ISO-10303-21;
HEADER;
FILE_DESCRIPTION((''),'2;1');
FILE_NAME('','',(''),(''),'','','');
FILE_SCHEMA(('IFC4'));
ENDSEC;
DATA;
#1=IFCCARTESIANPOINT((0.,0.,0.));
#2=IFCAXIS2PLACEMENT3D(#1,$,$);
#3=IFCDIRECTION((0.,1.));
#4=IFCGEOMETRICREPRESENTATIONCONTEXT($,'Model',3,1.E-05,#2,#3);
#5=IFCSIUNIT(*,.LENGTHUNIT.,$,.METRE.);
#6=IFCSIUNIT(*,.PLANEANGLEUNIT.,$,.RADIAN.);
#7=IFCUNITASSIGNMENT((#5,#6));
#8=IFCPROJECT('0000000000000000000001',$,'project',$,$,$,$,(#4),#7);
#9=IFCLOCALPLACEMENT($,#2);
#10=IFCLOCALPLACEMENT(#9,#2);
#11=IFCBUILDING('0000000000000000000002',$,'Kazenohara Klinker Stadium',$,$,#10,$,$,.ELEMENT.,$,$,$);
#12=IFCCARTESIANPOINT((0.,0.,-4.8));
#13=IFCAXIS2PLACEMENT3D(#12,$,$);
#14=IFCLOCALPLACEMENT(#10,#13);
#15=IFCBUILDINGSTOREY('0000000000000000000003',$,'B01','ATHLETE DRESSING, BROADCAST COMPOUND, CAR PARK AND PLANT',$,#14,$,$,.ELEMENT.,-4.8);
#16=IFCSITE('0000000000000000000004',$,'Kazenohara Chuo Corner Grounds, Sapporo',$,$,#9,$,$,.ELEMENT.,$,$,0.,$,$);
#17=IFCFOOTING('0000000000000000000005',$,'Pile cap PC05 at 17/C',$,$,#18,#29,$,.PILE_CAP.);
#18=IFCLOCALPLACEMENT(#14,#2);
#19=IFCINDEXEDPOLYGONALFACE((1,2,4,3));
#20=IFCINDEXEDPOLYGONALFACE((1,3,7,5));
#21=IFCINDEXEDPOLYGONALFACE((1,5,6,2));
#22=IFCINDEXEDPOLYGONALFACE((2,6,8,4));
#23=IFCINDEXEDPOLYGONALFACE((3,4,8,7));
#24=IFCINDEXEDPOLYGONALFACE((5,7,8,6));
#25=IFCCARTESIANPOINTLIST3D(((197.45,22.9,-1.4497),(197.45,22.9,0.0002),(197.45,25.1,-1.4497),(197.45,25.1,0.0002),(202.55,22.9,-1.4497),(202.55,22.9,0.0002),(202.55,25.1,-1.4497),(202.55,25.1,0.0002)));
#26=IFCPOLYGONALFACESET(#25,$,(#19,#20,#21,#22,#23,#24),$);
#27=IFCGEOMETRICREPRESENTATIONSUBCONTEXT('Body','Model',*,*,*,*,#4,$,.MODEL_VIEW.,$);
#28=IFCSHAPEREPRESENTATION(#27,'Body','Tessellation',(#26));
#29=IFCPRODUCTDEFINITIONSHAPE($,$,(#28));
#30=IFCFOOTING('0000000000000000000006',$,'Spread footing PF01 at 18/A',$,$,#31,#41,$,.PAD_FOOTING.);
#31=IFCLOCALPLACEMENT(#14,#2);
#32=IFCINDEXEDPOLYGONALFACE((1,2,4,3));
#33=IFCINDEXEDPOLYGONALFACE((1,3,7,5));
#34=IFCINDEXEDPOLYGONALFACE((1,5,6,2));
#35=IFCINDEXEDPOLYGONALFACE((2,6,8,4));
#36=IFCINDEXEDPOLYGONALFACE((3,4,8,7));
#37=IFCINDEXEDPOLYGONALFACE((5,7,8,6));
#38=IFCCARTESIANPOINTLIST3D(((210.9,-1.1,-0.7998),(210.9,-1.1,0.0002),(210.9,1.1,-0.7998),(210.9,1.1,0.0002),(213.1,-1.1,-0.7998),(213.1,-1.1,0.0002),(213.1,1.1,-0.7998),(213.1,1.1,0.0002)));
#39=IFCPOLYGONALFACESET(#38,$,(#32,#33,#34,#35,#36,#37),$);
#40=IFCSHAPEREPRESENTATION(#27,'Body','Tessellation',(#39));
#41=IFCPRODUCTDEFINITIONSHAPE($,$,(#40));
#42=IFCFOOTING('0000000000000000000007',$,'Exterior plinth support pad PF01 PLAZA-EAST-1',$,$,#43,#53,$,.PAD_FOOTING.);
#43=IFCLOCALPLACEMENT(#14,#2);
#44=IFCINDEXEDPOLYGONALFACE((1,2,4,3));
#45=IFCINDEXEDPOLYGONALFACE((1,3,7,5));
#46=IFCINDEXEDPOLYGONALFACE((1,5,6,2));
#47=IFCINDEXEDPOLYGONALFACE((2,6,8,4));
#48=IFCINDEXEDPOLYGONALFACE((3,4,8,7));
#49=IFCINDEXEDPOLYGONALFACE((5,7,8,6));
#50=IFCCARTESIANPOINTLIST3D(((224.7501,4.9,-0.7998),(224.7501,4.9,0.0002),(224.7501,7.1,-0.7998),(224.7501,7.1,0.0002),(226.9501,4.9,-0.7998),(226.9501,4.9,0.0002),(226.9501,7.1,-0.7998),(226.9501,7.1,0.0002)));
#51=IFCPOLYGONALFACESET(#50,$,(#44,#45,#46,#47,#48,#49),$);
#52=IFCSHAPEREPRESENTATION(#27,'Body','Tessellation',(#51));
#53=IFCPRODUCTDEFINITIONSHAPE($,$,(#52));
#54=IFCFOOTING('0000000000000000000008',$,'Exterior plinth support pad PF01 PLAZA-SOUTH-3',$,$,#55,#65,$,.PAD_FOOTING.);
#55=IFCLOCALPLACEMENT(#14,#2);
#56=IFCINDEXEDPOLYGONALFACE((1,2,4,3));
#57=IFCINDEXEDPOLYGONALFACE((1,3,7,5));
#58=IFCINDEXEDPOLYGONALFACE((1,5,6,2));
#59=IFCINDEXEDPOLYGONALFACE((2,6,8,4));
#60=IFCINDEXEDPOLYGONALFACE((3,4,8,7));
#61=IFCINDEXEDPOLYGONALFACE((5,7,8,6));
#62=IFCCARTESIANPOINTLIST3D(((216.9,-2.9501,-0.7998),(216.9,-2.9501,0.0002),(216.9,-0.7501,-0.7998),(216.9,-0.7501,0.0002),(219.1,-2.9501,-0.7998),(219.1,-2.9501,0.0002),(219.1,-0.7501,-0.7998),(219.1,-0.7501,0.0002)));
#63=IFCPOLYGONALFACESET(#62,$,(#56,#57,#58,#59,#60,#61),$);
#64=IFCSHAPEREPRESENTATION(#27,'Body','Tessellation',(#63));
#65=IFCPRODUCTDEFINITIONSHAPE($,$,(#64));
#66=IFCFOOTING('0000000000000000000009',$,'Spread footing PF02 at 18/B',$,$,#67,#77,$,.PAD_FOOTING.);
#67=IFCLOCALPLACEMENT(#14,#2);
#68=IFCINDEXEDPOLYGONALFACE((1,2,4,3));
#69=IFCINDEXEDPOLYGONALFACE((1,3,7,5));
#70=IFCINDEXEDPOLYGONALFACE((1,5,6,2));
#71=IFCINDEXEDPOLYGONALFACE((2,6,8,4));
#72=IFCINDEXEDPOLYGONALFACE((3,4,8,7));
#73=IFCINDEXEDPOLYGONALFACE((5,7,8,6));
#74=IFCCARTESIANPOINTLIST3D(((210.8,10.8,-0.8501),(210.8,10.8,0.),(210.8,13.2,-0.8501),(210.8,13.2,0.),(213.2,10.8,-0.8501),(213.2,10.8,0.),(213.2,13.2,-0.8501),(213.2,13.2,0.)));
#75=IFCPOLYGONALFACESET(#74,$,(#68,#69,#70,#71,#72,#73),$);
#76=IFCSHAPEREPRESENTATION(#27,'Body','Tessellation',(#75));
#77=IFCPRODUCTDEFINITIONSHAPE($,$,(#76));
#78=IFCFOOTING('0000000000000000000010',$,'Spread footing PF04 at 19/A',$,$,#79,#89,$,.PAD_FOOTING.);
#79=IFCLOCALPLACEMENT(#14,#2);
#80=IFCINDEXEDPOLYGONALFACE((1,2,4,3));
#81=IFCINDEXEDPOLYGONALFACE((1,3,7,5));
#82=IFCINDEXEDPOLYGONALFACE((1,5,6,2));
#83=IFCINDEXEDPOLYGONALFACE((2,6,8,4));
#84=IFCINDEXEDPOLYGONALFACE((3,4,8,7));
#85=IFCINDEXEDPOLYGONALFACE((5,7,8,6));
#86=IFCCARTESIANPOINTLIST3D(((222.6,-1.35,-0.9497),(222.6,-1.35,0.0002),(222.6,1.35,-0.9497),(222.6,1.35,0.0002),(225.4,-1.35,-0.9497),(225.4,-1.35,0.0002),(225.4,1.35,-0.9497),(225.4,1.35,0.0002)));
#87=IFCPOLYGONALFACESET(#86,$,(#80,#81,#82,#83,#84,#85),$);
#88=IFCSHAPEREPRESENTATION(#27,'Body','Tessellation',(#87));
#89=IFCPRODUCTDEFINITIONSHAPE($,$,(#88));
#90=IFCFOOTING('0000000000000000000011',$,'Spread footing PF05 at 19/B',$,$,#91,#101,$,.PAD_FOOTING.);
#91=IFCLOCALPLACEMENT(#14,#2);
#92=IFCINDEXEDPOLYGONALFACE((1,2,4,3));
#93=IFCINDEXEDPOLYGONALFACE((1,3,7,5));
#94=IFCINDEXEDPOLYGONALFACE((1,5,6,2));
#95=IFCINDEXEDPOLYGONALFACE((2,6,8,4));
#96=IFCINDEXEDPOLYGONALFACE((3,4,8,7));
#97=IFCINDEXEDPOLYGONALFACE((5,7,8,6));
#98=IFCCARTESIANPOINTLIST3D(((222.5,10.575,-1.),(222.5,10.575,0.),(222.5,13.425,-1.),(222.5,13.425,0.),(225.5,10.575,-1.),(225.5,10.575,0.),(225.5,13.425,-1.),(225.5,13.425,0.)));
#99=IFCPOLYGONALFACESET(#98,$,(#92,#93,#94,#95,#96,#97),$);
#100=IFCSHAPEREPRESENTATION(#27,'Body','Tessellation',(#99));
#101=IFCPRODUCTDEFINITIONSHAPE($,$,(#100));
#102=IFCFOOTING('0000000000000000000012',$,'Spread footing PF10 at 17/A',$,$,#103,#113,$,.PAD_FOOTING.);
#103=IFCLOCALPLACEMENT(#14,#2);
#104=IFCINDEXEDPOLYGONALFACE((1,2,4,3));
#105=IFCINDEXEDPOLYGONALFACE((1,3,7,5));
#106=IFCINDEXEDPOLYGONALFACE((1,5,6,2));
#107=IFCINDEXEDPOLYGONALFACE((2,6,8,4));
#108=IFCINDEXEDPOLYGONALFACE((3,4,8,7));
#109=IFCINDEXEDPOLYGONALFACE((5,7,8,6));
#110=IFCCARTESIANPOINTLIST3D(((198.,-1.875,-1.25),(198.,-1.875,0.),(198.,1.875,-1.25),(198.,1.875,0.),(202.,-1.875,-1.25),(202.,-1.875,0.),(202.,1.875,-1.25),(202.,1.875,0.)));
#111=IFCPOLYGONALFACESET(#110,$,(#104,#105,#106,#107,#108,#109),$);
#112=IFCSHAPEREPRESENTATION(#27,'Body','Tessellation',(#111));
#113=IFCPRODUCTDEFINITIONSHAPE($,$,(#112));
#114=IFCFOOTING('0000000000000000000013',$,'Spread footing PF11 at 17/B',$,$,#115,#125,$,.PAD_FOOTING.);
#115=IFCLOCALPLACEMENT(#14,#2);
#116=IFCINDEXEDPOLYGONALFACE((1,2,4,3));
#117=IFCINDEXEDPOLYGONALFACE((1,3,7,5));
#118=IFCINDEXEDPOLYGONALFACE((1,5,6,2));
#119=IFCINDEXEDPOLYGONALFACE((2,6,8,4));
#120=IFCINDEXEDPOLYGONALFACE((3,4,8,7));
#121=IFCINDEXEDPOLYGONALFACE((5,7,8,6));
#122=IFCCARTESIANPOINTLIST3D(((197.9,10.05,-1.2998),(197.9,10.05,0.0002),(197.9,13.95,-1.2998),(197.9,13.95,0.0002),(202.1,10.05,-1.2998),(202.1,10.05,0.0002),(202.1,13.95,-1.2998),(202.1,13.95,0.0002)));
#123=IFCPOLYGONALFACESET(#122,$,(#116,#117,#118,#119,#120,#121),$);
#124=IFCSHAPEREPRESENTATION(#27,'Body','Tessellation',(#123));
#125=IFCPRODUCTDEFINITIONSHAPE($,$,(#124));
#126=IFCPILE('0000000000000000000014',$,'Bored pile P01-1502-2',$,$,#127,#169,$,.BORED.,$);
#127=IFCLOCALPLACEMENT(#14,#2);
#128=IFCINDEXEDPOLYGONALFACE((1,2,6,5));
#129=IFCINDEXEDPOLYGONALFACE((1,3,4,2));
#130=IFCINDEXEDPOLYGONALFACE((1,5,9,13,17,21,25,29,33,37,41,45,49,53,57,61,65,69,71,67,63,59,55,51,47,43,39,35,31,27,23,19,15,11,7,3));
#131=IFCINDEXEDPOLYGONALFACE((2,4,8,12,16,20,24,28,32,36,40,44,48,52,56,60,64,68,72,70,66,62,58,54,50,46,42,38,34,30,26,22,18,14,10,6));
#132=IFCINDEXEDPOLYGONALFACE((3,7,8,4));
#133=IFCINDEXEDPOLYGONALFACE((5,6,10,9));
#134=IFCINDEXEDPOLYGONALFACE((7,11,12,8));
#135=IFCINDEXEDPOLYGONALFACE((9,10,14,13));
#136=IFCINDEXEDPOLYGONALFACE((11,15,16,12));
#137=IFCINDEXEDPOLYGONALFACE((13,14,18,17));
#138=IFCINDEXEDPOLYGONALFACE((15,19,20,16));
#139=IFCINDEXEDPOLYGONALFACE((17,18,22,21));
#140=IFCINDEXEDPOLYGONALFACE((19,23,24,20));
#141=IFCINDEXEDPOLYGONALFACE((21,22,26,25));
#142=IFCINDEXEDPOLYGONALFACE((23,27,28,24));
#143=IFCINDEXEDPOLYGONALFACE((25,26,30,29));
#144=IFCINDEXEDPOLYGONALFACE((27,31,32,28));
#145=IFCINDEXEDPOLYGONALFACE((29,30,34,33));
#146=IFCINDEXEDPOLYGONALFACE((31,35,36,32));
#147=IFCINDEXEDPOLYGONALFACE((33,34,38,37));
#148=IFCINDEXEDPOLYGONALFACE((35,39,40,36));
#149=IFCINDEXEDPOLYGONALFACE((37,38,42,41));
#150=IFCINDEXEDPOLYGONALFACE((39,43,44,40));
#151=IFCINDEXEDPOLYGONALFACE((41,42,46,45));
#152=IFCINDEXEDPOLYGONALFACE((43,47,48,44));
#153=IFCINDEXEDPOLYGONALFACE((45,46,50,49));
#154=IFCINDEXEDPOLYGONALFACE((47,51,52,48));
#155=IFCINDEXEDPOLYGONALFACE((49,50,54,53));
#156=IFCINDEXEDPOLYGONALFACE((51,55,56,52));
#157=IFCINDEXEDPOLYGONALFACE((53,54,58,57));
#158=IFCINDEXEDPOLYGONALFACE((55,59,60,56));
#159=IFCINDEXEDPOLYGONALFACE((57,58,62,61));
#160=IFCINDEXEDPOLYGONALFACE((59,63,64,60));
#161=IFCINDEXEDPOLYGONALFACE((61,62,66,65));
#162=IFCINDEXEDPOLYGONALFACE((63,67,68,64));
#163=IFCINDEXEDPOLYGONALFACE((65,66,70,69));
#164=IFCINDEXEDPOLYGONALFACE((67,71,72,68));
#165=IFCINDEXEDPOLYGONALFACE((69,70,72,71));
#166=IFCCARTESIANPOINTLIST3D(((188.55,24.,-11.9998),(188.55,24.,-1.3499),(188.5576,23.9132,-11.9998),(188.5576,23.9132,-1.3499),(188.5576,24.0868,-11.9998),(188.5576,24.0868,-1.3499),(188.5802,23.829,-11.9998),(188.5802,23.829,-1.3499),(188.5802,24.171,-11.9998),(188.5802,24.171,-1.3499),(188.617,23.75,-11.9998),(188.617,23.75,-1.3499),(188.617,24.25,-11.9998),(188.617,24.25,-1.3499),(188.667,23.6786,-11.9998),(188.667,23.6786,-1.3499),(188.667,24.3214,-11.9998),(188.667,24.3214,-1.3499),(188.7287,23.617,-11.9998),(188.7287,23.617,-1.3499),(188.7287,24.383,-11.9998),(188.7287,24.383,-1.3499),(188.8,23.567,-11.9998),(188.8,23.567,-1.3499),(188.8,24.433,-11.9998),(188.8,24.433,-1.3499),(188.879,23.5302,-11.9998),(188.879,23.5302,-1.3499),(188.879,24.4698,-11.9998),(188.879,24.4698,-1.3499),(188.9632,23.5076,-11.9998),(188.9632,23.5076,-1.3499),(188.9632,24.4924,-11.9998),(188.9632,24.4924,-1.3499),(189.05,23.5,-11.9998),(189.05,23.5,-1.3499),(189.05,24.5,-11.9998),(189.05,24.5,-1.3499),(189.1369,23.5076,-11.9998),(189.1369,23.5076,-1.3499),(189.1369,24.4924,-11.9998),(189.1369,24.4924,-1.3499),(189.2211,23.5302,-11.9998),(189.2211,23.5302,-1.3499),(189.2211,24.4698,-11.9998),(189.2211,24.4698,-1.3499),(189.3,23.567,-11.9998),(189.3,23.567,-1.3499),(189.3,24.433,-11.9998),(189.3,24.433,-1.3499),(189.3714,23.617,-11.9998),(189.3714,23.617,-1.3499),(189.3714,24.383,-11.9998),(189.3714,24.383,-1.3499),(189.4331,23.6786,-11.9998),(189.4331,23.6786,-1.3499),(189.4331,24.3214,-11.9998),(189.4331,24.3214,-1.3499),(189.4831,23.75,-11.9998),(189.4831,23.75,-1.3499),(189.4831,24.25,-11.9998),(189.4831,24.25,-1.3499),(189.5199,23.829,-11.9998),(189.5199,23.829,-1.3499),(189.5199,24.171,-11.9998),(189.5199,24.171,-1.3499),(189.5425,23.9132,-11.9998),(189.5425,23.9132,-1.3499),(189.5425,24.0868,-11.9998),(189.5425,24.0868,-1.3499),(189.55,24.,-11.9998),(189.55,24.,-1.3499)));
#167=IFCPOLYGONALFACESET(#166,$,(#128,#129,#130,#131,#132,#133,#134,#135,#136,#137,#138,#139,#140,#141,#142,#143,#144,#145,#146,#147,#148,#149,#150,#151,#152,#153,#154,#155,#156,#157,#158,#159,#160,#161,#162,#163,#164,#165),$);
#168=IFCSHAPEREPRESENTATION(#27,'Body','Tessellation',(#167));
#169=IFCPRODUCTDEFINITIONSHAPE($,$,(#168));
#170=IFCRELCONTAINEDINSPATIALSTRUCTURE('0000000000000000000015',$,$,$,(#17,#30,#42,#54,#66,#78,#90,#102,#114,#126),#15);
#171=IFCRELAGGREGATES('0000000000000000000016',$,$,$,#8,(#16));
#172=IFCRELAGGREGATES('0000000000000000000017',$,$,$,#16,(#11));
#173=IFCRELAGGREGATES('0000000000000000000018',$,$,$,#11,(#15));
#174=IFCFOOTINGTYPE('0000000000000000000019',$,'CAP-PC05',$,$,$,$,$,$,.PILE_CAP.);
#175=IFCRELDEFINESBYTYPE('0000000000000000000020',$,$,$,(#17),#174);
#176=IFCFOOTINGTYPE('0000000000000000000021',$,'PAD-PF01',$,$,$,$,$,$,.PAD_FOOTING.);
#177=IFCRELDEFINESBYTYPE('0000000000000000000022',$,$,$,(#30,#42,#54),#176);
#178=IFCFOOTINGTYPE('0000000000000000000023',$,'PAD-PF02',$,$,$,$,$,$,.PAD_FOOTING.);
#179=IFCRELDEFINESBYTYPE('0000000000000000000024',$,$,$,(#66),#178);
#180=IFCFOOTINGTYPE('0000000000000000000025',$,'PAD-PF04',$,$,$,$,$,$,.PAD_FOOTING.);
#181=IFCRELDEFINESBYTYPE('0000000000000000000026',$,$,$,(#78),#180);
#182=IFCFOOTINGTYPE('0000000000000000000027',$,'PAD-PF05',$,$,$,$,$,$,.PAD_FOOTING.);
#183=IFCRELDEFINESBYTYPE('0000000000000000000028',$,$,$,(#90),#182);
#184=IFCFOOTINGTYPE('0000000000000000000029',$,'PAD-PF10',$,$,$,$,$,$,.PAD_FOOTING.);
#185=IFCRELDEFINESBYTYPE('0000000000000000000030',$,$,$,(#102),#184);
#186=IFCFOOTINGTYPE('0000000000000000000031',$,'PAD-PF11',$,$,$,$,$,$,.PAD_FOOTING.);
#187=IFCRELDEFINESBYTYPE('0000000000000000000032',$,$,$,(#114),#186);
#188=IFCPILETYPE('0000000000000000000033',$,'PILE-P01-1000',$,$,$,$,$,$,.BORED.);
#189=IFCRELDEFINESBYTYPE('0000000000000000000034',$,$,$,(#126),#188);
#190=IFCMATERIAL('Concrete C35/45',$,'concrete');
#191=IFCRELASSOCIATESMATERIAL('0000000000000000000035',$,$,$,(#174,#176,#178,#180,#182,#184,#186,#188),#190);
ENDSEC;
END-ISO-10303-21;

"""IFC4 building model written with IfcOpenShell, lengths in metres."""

from ifc_helpers import new_model, si_unit, direction, frame, origin, origin_2d, place, context, subcontext, project, spatial, rectangle, circle, extrude, material, material_profile, profile_set, type_object, element, save


model = new_model("IFC4")

# Units and contexts
model_context = context("Model", 3, precision=1e-05, world=origin(), true_north=direction((0.0, 1.0)))
body_context = subcontext(model_context, "Body", "Model", "MODEL_VIEW")
ifc_project = project(units=[si_unit("LENGTHUNIT", "METRE"), si_unit("PLANEANGLEUNIT", "RADIAN")], contexts=[model_context])

# Site, building, storey
site_placement = place(None, origin())
site = spatial("IfcSite", under=ifc_project, at=site_placement, Name="Kazenohara Chuo Corner Grounds, Sapporo", CompositionType="ELEMENT", RefElevation=0.0)
building_placement = place(site_placement, origin())
building = spatial("IfcBuilding", under=site, at=building_placement, Name="Kazenohara Klinker Stadium", CompositionType="ELEMENT")
storey_placement = place(building_placement, frame((0.0, 0.0, -4.8)))
storey = spatial("IfcBuildingStorey", under=building, at=storey_placement, Name="B01", Description="ATHLETE DRESSING, BROADCAST COMPOUND, CAR PARK AND PLANT", CompositionType="ELEMENT", Elevation=-4.8)

# Footings
ifc_material_1 = material(Name="Concrete C35/45", Category="concrete")
footing_type_1 = type_object("IfcFootingType", Name="CAP-PC05", PredefinedType="PILE_CAP", material=ifc_material_1)
footing_1_placement = place(storey_placement, frame((200.0, 24.0, -1.4497), z_axis=(0.0, 0.0, 1.0), x_axis=(1.0, 0.0, 0.0)))
element("IfcFooting", 1, at=footing_1_placement, inside=storey, type_object=footing_type_1, Name="Pile cap PC05 at 17/C", PredefinedType="PILE_CAP", context=body_context, shape_type="SweptSolid", body=[
    extrude(rectangle(XDim=5.1001, YDim=2.2, at=origin_2d()), origin(), (0.0, 0.0, 1.0), 1.45),
])
footing_type_2 = type_object("IfcFootingType", Name="PAD-PF01", PredefinedType="PAD_FOOTING", material=ifc_material_1)
for number, where, z_axis, x_axis, name in (
    (2, (212.0, 0.0, -0.7998), (0.0, 0.0, 1.0), (1.0, 0.0, 0.0), "Spread footing PF01 at 18/A"),
    (3, (225.8501, 6.0, -0.7998), (0.0, 0.0, 1.0), (1.0, 0.0, 0.0), "Exterior plinth support pad PF01 PLAZA-EAST-1"),
    (4, (218.0, -1.8501, -0.7998), (0.0, 0.0, 1.0), (1.0, 0.0, 0.0), "Exterior plinth support pad PF01 PLAZA-SOUTH-3"),
):
    element("IfcFooting", number, at=place(storey_placement, frame(where, z_axis=z_axis, x_axis=x_axis)), inside=storey, type_object=footing_type_2, Name=name, PredefinedType="PAD_FOOTING", context=body_context, shape_type="SweptSolid", body=[
        extrude(rectangle(XDim=2.2, YDim=2.2, at=origin_2d()), origin(), (0.0, 0.0, 1.0), 0.8),
    ])
footing_type_3 = type_object("IfcFootingType", Name="PAD-PF02", PredefinedType="PAD_FOOTING", material=ifc_material_1)
footing_2_placement = place(storey_placement, frame((212.0, 12.0, -0.8501), z_axis=(0.0, 0.0, 1.0), x_axis=(1.0, 0.0, 0.0)))
element("IfcFooting", 5, at=footing_2_placement, inside=storey, type_object=footing_type_3, Name="Spread footing PF02 at 18/B", PredefinedType="PAD_FOOTING", context=body_context, shape_type="SweptSolid", body=[
    extrude(rectangle(XDim=2.3999, YDim=2.3999, at=origin_2d()), origin(), (0.0, 0.0, 1.0), 0.8501),
])
footing_type_4 = type_object("IfcFootingType", Name="PAD-PF04", PredefinedType="PAD_FOOTING", material=ifc_material_1)
footing_3_placement = place(storey_placement, frame((224.0, 0.0, -0.9497), z_axis=(0.0, 0.0, 1.0), x_axis=(1.0, 0.0, 0.0)))
element("IfcFooting", 6, at=footing_3_placement, inside=storey, type_object=footing_type_4, Name="Spread footing PF04 at 19/A", PredefinedType="PAD_FOOTING", context=body_context, shape_type="SweptSolid", body=[
    extrude(rectangle(XDim=2.8, YDim=2.7, at=origin_2d()), origin(), (0.0, 0.0, 1.0), 0.95),
])
footing_type_5 = type_object("IfcFootingType", Name="PAD-PF05", PredefinedType="PAD_FOOTING", material=ifc_material_1)
footing_4_placement = place(storey_placement, frame((224.0, 12.0, -1.0), z_axis=(0.0, 0.0, 1.0), x_axis=(1.0, 0.0, 0.0)))
element("IfcFooting", 7, at=footing_4_placement, inside=storey, type_object=footing_type_5, Name="Spread footing PF05 at 19/B", PredefinedType="PAD_FOOTING", context=body_context, shape_type="SweptSolid", body=[
    extrude(rectangle(XDim=3.0, YDim=2.8501, at=origin_2d()), origin(), (0.0, 0.0, 1.0), 1.0),
])
footing_type_6 = type_object("IfcFootingType", Name="PAD-PF10", PredefinedType="PAD_FOOTING", material=ifc_material_1)
footing_5_placement = place(storey_placement, frame((200.0, 0.0, -1.25), z_axis=(0.0, 0.0, 1.0), x_axis=(1.0, 0.0, 0.0)))
element("IfcFooting", 8, at=footing_5_placement, inside=storey, type_object=footing_type_6, Name="Spread footing PF10 at 17/A", PredefinedType="PAD_FOOTING", context=body_context, shape_type="SweptSolid", body=[
    extrude(rectangle(XDim=4.0, YDim=3.75, at=origin_2d()), origin(), (0.0, 0.0, 1.0), 1.25),
])
footing_type_7 = type_object("IfcFootingType", Name="PAD-PF11", PredefinedType="PAD_FOOTING", material=ifc_material_1)
footing_6_placement = place(storey_placement, frame((200.0, 12.0, -1.2998), z_axis=(0.0, 0.0, 1.0), x_axis=(1.0, 0.0, 0.0)))
element("IfcFooting", 9, at=footing_6_placement, inside=storey, type_object=footing_type_7, Name="Spread footing PF11 at 17/B", PredefinedType="PAD_FOOTING", context=body_context, shape_type="SweptSolid", body=[
    extrude(rectangle(XDim=4.2, YDim=3.8999, at=origin_2d()), origin(), (0.0, 0.0, 1.0), 1.3),
])

# Pile
ifc_material_profile_1 = material_profile(ifc_material_1, circle(Radius=0.5, at=origin_2d()), Name="BORED-PILE-1000")
ifc_profile_set_1 = profile_set([ifc_material_profile_1], Name="Concrete C35/45")
pile_type = type_object("IfcPileType", Name="PILE-P01-1000", PredefinedType="BORED", material=ifc_profile_set_1)
for number, where, z_axis, x_axis, name in (
    (10, (189.05, 24.0, -1.3499), (0.0, 0.0, -1.0), (1.0, 0.0, 0.0), "Bored pile P01-1502-2"),
):
    element("IfcPile", number, at=place(storey_placement, frame(where, z_axis=z_axis, x_axis=x_axis)), inside=storey, type_object=pile_type, Name=name, PredefinedType="BORED", context=body_context, shape_type="SweptSolid", body=[
        extrude(circle(Radius=0.5, at=origin_2d()), origin(), (0.0, 0.0, 1.0), 10.6499),
    ])

save(model, "model.ifc")
